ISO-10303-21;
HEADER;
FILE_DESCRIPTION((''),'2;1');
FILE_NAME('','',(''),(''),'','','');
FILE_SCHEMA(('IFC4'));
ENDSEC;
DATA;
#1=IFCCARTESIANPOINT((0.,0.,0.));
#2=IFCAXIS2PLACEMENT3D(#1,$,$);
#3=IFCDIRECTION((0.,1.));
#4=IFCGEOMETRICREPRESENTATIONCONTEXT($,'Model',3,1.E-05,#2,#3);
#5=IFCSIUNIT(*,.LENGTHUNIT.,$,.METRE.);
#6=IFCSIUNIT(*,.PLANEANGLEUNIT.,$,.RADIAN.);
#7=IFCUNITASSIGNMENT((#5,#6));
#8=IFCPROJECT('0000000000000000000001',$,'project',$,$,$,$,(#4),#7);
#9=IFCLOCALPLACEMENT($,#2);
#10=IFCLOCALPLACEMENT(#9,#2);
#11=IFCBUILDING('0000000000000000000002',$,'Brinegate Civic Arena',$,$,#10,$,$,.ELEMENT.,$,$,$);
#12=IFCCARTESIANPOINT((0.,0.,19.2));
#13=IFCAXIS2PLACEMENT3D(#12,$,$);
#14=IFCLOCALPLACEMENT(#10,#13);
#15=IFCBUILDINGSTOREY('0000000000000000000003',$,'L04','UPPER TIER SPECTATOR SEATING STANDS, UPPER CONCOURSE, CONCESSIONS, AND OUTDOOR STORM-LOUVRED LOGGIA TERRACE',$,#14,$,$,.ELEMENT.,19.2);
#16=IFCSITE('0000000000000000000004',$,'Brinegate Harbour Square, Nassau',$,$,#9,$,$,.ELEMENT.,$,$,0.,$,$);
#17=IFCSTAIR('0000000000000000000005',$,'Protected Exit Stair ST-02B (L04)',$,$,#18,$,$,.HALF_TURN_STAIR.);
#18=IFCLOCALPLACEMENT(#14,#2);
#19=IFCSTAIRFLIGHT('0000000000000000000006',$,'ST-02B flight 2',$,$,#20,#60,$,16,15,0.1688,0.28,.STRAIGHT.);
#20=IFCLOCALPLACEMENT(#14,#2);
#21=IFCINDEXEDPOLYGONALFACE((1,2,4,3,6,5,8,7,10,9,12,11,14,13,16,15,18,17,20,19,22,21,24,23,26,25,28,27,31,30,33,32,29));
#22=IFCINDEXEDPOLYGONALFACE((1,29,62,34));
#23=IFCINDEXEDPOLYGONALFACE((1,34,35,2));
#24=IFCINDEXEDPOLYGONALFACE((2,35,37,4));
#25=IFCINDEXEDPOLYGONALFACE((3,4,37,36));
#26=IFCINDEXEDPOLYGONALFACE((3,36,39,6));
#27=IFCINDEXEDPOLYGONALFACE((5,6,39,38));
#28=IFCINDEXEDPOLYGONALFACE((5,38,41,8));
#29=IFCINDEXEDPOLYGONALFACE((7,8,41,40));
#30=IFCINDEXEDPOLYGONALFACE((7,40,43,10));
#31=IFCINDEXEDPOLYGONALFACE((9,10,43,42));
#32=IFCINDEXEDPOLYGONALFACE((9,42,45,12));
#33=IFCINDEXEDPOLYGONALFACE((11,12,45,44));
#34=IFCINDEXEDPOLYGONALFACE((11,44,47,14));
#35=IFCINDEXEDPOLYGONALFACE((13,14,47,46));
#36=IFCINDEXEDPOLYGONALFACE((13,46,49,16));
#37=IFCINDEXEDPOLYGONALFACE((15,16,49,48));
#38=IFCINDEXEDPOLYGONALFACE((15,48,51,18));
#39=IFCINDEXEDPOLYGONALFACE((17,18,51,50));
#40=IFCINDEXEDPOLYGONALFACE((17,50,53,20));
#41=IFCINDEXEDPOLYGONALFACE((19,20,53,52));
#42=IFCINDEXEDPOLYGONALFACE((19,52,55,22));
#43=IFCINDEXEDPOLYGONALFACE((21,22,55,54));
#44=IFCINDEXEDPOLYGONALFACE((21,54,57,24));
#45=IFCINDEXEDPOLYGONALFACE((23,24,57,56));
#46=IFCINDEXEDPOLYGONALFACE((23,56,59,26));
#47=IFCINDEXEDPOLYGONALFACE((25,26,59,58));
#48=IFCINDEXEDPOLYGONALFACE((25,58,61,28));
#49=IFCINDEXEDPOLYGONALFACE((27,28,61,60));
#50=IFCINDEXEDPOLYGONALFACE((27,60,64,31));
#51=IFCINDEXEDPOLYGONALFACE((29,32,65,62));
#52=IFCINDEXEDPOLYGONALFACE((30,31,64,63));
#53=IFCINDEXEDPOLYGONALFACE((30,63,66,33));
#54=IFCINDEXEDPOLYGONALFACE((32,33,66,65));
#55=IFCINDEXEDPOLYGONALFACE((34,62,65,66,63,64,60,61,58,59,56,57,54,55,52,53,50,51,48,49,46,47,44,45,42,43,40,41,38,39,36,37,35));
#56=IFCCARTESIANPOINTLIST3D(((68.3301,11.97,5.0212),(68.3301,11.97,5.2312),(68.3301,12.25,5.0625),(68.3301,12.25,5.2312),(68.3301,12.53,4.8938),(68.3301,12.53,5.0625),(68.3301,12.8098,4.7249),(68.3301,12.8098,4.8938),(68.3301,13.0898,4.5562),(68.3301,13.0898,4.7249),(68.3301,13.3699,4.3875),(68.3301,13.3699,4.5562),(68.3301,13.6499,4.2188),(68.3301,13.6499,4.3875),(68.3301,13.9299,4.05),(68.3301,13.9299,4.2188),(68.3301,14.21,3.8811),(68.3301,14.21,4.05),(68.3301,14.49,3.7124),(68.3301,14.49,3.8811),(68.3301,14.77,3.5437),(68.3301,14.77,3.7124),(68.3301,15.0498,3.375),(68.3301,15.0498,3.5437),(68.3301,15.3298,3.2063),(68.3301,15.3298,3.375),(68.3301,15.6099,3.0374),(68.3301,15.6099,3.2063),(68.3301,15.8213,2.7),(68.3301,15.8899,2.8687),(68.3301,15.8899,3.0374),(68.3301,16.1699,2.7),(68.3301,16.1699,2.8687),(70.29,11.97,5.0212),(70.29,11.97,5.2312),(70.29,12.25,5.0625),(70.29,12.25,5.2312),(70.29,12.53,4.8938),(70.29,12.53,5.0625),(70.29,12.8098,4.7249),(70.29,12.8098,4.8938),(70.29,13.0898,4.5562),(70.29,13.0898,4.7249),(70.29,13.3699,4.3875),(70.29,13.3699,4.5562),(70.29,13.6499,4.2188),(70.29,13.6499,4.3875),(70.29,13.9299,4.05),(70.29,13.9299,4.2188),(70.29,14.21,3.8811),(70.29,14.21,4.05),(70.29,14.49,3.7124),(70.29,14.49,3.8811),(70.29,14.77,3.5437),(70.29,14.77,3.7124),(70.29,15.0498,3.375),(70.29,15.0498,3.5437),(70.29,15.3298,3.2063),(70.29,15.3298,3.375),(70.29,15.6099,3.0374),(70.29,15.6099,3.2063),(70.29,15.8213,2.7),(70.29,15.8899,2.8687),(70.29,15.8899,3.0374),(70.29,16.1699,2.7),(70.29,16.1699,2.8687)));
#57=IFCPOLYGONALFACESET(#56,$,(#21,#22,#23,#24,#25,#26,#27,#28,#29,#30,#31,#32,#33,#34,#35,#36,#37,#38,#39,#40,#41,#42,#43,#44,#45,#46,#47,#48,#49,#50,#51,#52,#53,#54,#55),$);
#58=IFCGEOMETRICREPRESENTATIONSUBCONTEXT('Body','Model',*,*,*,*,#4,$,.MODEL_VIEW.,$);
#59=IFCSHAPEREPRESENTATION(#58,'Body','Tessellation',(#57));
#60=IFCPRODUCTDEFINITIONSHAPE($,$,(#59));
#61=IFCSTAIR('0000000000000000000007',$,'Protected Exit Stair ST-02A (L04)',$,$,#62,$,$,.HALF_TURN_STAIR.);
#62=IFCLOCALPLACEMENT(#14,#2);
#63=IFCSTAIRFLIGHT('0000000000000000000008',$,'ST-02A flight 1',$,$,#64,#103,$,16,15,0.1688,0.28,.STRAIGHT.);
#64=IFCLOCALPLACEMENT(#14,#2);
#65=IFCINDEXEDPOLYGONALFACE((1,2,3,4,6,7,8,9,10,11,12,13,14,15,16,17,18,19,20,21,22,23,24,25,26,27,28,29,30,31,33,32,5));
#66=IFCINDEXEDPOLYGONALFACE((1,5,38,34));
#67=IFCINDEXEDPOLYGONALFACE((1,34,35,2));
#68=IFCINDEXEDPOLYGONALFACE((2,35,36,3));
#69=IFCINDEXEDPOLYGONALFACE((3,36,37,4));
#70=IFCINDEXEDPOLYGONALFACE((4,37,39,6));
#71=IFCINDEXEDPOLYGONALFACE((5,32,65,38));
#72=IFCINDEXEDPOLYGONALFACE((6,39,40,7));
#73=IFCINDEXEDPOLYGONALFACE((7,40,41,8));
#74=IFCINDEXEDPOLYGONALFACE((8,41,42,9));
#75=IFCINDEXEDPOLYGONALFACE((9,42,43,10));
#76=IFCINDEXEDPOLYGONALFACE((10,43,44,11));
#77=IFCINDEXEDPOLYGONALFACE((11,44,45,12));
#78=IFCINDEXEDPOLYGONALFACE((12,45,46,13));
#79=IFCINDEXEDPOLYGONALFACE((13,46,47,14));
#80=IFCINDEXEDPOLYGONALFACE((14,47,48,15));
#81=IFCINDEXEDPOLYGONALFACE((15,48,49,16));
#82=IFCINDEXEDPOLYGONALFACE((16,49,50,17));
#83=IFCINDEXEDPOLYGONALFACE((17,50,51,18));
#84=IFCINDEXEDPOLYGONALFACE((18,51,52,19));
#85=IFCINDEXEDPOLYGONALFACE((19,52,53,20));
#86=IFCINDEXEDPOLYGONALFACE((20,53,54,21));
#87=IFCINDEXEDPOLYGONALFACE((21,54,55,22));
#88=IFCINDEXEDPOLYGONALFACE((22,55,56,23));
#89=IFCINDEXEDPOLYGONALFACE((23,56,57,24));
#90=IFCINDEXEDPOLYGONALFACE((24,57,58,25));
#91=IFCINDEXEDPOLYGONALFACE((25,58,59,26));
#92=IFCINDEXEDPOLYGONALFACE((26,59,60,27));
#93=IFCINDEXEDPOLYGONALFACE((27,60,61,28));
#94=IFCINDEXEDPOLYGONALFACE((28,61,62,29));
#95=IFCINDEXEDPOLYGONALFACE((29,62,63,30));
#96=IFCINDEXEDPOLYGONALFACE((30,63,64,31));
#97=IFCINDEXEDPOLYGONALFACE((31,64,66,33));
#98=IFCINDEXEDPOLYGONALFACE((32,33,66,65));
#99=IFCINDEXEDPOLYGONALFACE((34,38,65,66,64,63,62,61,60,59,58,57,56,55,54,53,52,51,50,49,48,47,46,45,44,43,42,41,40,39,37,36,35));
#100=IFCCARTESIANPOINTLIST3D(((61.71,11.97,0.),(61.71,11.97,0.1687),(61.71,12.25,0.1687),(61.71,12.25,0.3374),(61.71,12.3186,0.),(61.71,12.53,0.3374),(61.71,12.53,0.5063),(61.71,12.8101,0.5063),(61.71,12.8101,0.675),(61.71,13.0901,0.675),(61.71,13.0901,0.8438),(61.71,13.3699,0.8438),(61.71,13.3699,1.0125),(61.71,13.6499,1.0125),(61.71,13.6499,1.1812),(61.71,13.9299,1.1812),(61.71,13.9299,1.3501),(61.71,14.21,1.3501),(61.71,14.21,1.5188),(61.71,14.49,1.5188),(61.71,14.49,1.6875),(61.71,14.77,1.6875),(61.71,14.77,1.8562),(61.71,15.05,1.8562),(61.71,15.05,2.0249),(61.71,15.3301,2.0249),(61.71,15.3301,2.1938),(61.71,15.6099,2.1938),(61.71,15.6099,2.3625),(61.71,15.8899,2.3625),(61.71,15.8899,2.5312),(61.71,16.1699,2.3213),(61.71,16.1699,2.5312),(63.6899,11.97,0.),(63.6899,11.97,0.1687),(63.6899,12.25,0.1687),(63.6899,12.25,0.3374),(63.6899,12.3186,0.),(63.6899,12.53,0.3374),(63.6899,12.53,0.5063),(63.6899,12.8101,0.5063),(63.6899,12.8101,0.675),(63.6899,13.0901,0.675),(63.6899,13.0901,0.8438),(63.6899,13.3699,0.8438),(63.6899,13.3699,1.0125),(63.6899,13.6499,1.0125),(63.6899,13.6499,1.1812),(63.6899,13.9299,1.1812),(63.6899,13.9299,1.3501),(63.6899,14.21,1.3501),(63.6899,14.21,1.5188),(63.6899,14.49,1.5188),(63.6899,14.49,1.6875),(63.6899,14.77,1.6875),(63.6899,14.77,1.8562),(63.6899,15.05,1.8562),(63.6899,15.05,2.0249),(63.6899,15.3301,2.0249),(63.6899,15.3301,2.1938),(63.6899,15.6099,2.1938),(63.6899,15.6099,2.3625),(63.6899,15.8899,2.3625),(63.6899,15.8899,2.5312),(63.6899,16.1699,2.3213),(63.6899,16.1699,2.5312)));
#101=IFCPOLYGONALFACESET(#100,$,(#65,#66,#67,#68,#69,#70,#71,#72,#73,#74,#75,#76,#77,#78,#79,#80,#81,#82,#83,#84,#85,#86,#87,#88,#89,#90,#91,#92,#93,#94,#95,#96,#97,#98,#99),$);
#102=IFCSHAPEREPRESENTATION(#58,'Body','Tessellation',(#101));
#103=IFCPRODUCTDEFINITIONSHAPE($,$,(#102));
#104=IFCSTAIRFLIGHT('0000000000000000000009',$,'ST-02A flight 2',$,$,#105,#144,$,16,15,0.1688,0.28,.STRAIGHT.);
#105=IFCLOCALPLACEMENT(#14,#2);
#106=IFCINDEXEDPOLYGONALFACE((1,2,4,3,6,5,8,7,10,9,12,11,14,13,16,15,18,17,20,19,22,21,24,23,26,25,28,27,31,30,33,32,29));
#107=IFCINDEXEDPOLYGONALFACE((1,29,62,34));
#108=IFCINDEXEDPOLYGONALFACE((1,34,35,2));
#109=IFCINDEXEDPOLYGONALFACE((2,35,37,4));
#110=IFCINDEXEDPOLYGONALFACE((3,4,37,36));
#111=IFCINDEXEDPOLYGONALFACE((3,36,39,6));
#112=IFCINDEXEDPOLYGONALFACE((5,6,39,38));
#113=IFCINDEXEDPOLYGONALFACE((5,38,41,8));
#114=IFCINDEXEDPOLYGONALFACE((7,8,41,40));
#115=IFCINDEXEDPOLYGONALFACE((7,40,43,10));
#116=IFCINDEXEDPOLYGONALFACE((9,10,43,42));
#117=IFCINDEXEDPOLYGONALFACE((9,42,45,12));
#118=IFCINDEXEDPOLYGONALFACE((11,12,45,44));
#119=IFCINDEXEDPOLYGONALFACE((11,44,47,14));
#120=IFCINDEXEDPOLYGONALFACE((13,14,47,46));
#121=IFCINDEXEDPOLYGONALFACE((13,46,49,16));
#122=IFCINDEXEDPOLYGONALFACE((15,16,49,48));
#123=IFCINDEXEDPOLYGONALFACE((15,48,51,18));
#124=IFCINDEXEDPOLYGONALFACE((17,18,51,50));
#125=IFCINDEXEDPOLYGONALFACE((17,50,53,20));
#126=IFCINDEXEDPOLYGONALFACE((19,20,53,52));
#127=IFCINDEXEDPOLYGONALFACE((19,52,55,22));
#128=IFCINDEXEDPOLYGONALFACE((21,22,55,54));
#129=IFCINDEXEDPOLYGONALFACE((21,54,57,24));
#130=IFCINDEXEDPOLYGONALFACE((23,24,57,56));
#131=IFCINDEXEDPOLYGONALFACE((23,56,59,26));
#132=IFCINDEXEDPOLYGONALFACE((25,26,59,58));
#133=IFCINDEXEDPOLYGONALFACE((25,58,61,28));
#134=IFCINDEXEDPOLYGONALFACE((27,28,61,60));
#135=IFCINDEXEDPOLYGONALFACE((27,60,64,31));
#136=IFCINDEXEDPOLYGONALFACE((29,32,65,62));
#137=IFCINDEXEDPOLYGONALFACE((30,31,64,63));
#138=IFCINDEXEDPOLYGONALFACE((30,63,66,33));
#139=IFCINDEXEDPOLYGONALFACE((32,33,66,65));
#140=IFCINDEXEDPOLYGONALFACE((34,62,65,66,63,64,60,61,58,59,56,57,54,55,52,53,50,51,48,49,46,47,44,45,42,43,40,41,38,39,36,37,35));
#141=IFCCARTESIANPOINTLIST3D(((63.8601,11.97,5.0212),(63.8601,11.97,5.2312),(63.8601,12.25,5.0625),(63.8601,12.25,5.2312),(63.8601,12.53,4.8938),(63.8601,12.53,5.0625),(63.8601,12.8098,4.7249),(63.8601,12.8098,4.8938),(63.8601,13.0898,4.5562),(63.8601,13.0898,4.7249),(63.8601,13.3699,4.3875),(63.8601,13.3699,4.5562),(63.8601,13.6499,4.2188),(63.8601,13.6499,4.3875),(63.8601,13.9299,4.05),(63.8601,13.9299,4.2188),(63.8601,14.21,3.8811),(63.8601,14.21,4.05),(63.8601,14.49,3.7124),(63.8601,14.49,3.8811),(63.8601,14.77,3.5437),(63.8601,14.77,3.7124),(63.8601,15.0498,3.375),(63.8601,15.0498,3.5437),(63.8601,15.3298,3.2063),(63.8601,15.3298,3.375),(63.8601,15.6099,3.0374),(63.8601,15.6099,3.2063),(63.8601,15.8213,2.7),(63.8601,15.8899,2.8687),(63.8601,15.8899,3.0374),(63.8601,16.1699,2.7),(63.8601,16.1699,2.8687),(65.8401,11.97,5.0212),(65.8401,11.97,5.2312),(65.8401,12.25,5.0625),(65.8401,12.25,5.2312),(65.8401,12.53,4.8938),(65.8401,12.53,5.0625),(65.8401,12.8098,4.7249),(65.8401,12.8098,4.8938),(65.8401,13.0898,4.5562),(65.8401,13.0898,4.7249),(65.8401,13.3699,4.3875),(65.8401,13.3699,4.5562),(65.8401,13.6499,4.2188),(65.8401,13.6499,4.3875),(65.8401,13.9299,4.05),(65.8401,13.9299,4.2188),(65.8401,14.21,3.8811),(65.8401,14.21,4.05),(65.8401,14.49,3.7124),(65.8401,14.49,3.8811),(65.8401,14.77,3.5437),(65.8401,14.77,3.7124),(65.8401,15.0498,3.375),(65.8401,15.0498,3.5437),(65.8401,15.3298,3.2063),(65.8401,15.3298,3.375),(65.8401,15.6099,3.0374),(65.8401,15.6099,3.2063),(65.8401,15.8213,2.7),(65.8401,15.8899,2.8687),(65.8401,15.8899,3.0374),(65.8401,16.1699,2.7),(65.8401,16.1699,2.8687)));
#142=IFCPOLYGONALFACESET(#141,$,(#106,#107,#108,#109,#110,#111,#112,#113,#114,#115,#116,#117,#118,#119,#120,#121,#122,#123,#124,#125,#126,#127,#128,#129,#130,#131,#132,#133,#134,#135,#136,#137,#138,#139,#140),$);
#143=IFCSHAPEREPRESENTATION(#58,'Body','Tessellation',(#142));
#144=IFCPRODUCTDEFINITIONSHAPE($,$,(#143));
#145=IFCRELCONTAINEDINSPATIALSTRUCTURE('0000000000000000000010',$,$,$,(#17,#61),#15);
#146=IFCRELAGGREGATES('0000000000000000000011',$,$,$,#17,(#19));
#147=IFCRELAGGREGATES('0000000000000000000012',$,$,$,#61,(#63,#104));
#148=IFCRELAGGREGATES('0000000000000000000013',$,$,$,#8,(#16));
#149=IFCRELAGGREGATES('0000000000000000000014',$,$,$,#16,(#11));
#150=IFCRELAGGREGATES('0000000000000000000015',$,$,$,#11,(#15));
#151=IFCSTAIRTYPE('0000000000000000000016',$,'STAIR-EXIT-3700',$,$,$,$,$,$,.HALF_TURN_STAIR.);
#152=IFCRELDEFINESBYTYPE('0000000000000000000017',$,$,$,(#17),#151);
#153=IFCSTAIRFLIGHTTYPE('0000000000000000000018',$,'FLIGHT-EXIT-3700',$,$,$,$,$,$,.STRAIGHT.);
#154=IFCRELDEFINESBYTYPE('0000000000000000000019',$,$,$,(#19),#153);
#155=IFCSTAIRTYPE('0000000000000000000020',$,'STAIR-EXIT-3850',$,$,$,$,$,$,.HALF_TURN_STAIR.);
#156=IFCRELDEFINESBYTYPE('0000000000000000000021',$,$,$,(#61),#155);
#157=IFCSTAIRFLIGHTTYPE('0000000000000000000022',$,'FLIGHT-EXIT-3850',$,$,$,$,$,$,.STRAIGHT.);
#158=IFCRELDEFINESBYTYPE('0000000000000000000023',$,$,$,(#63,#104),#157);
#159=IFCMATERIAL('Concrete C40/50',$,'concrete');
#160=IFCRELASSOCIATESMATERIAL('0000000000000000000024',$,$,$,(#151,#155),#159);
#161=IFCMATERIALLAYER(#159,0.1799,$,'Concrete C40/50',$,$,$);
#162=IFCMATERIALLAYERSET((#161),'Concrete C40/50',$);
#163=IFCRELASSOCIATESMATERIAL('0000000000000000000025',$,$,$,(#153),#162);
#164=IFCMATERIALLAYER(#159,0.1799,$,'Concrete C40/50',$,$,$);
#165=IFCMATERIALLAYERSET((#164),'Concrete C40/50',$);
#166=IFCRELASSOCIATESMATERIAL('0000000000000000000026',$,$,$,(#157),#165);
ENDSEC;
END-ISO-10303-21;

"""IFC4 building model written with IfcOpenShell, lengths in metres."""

from ifc_helpers import new_model, si_unit, direction, frame, origin, place, context, subcontext, project, spatial, polyline, outline, extrude, material, layer, layer_set, type_object, element, aggregate, save


model = new_model("IFC4")

# Units and contexts
model_context = context("Model", 3, precision=1e-05, world=origin(), true_north=direction((0.0, 1.0)))
body_context = subcontext(model_context, "Body", "Model", "MODEL_VIEW")
ifc_project = project(units=[si_unit("LENGTHUNIT", "METRE"), si_unit("PLANEANGLEUNIT", "RADIAN")], contexts=[model_context])

# Site, building, storey
site_placement = place(None, origin())
site = spatial("IfcSite", under=ifc_project, at=site_placement, Name="Brinegate Harbour Square, Nassau", CompositionType="ELEMENT", RefElevation=0.0)
building_placement = place(site_placement, origin())
building = spatial("IfcBuilding", under=site, at=building_placement, Name="Brinegate Civic Arena", CompositionType="ELEMENT")
storey_placement = place(building_placement, frame((0.0, 0.0, 19.2)))
storey = spatial("IfcBuildingStorey", under=building, at=storey_placement, Name="L04", Description="UPPER TIER SPECTATOR SEATING STANDS, UPPER CONCOURSE, CONCESSIONS, AND OUTDOOR STORM-LOUVRED LOGGIA TERRACE", CompositionType="ELEMENT", Elevation=19.2)

# Stairs, stair flights
ifc_material_1 = material(Name="Concrete C40/50", Category="concrete")
stair_type_1 = type_object("IfcStairType", Name="STAIR-EXIT-3700", PredefinedType="HALF_TURN_STAIR", material=ifc_material_1)
stair_1_placement = place(storey_placement, origin())
stair_1 = element("IfcStair", 1, at=stair_1_placement, inside=storey, type_object=stair_type_1, Name="Protected Exit Stair ST-02B (L04)", PredefinedType="HALF_TURN_STAIR")
ifc_layer_1 = layer(ifc_material_1, 0.1799, Name="Concrete C40/50")
ifc_layer_set_1 = layer_set([ifc_layer_1], Name="Concrete C40/50")
stair_flight_type_1 = type_object("IfcStairFlightType", Name="FLIGHT-EXIT-3700", PredefinedType="STRAIGHT", material=ifc_layer_set_1)
stair_flight_1_placement = place(storey_placement, frame((69.3101, 16.1699, 2.7), z_axis=(0.0, 0.0, 1.0), x_axis=(0.0, -1.0, 0.0)))
stair_flight_1 = element("IfcStairFlight", 2, at=stair_flight_1_placement, type_object=stair_flight_type_1, Name="ST-02B flight 2", NumberOfRisers=16, NumberOfTreads=15, PredefinedType="STRAIGHT", RiserHeight=0.1688, TreadLength=0.28, context=body_context, shape_type="SweptSolid", body=[
    extrude(outline(polyline([(0.0, 0.0), (0.0, 0.1687), (0.28, 0.1687), (0.28, 0.3374), (0.5601, 0.3374), (0.5601, 0.5063), (0.8401, 0.5063), (0.8401, 0.675), (1.1201, 0.675), (1.1201, 0.8438), (1.3999, 0.8438), (1.3999, 1.0125), (1.6799, 1.0125), (1.6799, 1.1812), (1.96, 1.1812), (1.96, 1.3501), (2.24, 1.3501), (2.24, 1.5188), (2.52, 1.5188), (2.52, 1.6875), (2.8, 1.6875), (2.8, 1.8562), (3.0801, 1.8562), (3.0801, 2.0249), (3.3601, 2.0249), (3.3601, 2.1938), (3.6399, 2.1938), (3.6399, 2.3625), (3.9199, 2.3625), (3.9199, 2.5312), (4.2, 2.5312), (4.2, 2.7), (4.2, 2.3213), (0.3486, 0.0), (0.0, 0.0)])), frame((0.0, 0.98, 0.0), z_axis=(0.0, -1.0, 0.0), x_axis=(1.0, 0.0, 0.0)), (0.0, 0.0, 1.0), 1.96),
])
aggregate(stair_1, [stair_flight_1])
stair_type_2 = type_object("IfcStairType", Name="STAIR-EXIT-3850", PredefinedType="HALF_TURN_STAIR", material=ifc_material_1)
stair_2_placement = place(storey_placement, origin())
stair_2 = element("IfcStair", 3, at=stair_2_placement, inside=storey, type_object=stair_type_2, Name="Protected Exit Stair ST-02A (L04)", PredefinedType="HALF_TURN_STAIR")
ifc_layer_2 = layer(ifc_material_1, 0.1799, Name="Concrete C40/50")
ifc_layer_set_2 = layer_set([ifc_layer_2], Name="Concrete C40/50")
stair_flight_type_2 = type_object("IfcStairFlightType", Name="FLIGHT-EXIT-3850", PredefinedType="STRAIGHT", material=ifc_layer_set_2)
stair_flight_2_placement = place(storey_placement, frame((62.7, 11.97, 0.0), z_axis=(0.0, 0.0, 1.0), x_axis=(0.0, 1.0, 0.0)))
stair_flight_2 = element("IfcStairFlight", 4, at=stair_flight_2_placement, type_object=stair_flight_type_2, Name="ST-02A flight 1", NumberOfRisers=16, NumberOfTreads=15, PredefinedType="STRAIGHT", RiserHeight=0.1688, TreadLength=0.28, context=body_context, shape_type="SweptSolid", body=[
    extrude(outline(polyline([(0.0, 0.0), (0.0, 0.1687), (0.28, 0.1687), (0.28, 0.3374), (0.5601, 0.3374), (0.5601, 0.5063), (0.8401, 0.5063), (0.8401, 0.675), (1.1201, 0.675), (1.1201, 0.8438), (1.3999, 0.8438), (1.3999, 1.0125), (1.6799, 1.0125), (1.6799, 1.1812), (1.96, 1.1812), (1.96, 1.3501), (2.24, 1.3501), (2.24, 1.5188), (2.52, 1.5188), (2.52, 1.6875), (2.8, 1.6875), (2.8, 1.8562), (3.0801, 1.8562), (3.0801, 2.0249), (3.3601, 2.0249), (3.3601, 2.1938), (3.6399, 2.1938), (3.6399, 2.3625), (3.9199, 2.3625), (3.9199, 2.5312), (4.2, 2.5312), (4.2, 2.7), (4.2, 2.3213), (0.3486, 0.0), (0.0, 0.0)])), frame((0.0, 0.99, 0.0), z_axis=(0.0, -1.0, 0.0), x_axis=(1.0, 0.0, 0.0)), (0.0, 0.0, 1.0), 1.98),
])
stair_flight_3_placement = place(storey_placement, frame((64.8501, 16.1699, 2.7), z_axis=(0.0, 0.0, 1.0), x_axis=(0.0, -1.0, 0.0)))
stair_flight_3 = element("IfcStairFlight", 5, at=stair_flight_3_placement, type_object=stair_flight_type_2, Name="ST-02A flight 2", NumberOfRisers=16, NumberOfTreads=15, PredefinedType="STRAIGHT", RiserHeight=0.1688, TreadLength=0.28, context=body_context, shape_type="SweptSolid", body=[
    extrude(outline(polyline([(0.0, 0.0), (0.0, 0.1687), (0.28, 0.1687), (0.28, 0.3374), (0.5601, 0.3374), (0.5601, 0.5063), (0.8401, 0.5063), (0.8401, 0.675), (1.1201, 0.675), (1.1201, 0.8438), (1.3999, 0.8438), (1.3999, 1.0125), (1.6799, 1.0125), (1.6799, 1.1812), (1.96, 1.1812), (1.96, 1.3501), (2.24, 1.3501), (2.24, 1.5188), (2.52, 1.5188), (2.52, 1.6875), (2.8, 1.6875), (2.8, 1.8562), (3.0801, 1.8562), (3.0801, 2.0249), (3.3601, 2.0249), (3.3601, 2.1938), (3.6399, 2.1938), (3.6399, 2.3625), (3.9199, 2.3625), (3.9199, 2.5312), (4.2, 2.5312), (4.2, 2.7), (4.2, 2.3213), (0.3486, 0.0), (0.0, 0.0)])), frame((0.0, 0.99, 0.0), z_axis=(0.0, -1.0, 0.0), x_axis=(1.0, 0.0, 0.0)), (0.0, 0.0, 1.0), 1.98),
])
aggregate(stair_2, [stair_flight_2, stair_flight_3])

save(model, "model.ifc")
